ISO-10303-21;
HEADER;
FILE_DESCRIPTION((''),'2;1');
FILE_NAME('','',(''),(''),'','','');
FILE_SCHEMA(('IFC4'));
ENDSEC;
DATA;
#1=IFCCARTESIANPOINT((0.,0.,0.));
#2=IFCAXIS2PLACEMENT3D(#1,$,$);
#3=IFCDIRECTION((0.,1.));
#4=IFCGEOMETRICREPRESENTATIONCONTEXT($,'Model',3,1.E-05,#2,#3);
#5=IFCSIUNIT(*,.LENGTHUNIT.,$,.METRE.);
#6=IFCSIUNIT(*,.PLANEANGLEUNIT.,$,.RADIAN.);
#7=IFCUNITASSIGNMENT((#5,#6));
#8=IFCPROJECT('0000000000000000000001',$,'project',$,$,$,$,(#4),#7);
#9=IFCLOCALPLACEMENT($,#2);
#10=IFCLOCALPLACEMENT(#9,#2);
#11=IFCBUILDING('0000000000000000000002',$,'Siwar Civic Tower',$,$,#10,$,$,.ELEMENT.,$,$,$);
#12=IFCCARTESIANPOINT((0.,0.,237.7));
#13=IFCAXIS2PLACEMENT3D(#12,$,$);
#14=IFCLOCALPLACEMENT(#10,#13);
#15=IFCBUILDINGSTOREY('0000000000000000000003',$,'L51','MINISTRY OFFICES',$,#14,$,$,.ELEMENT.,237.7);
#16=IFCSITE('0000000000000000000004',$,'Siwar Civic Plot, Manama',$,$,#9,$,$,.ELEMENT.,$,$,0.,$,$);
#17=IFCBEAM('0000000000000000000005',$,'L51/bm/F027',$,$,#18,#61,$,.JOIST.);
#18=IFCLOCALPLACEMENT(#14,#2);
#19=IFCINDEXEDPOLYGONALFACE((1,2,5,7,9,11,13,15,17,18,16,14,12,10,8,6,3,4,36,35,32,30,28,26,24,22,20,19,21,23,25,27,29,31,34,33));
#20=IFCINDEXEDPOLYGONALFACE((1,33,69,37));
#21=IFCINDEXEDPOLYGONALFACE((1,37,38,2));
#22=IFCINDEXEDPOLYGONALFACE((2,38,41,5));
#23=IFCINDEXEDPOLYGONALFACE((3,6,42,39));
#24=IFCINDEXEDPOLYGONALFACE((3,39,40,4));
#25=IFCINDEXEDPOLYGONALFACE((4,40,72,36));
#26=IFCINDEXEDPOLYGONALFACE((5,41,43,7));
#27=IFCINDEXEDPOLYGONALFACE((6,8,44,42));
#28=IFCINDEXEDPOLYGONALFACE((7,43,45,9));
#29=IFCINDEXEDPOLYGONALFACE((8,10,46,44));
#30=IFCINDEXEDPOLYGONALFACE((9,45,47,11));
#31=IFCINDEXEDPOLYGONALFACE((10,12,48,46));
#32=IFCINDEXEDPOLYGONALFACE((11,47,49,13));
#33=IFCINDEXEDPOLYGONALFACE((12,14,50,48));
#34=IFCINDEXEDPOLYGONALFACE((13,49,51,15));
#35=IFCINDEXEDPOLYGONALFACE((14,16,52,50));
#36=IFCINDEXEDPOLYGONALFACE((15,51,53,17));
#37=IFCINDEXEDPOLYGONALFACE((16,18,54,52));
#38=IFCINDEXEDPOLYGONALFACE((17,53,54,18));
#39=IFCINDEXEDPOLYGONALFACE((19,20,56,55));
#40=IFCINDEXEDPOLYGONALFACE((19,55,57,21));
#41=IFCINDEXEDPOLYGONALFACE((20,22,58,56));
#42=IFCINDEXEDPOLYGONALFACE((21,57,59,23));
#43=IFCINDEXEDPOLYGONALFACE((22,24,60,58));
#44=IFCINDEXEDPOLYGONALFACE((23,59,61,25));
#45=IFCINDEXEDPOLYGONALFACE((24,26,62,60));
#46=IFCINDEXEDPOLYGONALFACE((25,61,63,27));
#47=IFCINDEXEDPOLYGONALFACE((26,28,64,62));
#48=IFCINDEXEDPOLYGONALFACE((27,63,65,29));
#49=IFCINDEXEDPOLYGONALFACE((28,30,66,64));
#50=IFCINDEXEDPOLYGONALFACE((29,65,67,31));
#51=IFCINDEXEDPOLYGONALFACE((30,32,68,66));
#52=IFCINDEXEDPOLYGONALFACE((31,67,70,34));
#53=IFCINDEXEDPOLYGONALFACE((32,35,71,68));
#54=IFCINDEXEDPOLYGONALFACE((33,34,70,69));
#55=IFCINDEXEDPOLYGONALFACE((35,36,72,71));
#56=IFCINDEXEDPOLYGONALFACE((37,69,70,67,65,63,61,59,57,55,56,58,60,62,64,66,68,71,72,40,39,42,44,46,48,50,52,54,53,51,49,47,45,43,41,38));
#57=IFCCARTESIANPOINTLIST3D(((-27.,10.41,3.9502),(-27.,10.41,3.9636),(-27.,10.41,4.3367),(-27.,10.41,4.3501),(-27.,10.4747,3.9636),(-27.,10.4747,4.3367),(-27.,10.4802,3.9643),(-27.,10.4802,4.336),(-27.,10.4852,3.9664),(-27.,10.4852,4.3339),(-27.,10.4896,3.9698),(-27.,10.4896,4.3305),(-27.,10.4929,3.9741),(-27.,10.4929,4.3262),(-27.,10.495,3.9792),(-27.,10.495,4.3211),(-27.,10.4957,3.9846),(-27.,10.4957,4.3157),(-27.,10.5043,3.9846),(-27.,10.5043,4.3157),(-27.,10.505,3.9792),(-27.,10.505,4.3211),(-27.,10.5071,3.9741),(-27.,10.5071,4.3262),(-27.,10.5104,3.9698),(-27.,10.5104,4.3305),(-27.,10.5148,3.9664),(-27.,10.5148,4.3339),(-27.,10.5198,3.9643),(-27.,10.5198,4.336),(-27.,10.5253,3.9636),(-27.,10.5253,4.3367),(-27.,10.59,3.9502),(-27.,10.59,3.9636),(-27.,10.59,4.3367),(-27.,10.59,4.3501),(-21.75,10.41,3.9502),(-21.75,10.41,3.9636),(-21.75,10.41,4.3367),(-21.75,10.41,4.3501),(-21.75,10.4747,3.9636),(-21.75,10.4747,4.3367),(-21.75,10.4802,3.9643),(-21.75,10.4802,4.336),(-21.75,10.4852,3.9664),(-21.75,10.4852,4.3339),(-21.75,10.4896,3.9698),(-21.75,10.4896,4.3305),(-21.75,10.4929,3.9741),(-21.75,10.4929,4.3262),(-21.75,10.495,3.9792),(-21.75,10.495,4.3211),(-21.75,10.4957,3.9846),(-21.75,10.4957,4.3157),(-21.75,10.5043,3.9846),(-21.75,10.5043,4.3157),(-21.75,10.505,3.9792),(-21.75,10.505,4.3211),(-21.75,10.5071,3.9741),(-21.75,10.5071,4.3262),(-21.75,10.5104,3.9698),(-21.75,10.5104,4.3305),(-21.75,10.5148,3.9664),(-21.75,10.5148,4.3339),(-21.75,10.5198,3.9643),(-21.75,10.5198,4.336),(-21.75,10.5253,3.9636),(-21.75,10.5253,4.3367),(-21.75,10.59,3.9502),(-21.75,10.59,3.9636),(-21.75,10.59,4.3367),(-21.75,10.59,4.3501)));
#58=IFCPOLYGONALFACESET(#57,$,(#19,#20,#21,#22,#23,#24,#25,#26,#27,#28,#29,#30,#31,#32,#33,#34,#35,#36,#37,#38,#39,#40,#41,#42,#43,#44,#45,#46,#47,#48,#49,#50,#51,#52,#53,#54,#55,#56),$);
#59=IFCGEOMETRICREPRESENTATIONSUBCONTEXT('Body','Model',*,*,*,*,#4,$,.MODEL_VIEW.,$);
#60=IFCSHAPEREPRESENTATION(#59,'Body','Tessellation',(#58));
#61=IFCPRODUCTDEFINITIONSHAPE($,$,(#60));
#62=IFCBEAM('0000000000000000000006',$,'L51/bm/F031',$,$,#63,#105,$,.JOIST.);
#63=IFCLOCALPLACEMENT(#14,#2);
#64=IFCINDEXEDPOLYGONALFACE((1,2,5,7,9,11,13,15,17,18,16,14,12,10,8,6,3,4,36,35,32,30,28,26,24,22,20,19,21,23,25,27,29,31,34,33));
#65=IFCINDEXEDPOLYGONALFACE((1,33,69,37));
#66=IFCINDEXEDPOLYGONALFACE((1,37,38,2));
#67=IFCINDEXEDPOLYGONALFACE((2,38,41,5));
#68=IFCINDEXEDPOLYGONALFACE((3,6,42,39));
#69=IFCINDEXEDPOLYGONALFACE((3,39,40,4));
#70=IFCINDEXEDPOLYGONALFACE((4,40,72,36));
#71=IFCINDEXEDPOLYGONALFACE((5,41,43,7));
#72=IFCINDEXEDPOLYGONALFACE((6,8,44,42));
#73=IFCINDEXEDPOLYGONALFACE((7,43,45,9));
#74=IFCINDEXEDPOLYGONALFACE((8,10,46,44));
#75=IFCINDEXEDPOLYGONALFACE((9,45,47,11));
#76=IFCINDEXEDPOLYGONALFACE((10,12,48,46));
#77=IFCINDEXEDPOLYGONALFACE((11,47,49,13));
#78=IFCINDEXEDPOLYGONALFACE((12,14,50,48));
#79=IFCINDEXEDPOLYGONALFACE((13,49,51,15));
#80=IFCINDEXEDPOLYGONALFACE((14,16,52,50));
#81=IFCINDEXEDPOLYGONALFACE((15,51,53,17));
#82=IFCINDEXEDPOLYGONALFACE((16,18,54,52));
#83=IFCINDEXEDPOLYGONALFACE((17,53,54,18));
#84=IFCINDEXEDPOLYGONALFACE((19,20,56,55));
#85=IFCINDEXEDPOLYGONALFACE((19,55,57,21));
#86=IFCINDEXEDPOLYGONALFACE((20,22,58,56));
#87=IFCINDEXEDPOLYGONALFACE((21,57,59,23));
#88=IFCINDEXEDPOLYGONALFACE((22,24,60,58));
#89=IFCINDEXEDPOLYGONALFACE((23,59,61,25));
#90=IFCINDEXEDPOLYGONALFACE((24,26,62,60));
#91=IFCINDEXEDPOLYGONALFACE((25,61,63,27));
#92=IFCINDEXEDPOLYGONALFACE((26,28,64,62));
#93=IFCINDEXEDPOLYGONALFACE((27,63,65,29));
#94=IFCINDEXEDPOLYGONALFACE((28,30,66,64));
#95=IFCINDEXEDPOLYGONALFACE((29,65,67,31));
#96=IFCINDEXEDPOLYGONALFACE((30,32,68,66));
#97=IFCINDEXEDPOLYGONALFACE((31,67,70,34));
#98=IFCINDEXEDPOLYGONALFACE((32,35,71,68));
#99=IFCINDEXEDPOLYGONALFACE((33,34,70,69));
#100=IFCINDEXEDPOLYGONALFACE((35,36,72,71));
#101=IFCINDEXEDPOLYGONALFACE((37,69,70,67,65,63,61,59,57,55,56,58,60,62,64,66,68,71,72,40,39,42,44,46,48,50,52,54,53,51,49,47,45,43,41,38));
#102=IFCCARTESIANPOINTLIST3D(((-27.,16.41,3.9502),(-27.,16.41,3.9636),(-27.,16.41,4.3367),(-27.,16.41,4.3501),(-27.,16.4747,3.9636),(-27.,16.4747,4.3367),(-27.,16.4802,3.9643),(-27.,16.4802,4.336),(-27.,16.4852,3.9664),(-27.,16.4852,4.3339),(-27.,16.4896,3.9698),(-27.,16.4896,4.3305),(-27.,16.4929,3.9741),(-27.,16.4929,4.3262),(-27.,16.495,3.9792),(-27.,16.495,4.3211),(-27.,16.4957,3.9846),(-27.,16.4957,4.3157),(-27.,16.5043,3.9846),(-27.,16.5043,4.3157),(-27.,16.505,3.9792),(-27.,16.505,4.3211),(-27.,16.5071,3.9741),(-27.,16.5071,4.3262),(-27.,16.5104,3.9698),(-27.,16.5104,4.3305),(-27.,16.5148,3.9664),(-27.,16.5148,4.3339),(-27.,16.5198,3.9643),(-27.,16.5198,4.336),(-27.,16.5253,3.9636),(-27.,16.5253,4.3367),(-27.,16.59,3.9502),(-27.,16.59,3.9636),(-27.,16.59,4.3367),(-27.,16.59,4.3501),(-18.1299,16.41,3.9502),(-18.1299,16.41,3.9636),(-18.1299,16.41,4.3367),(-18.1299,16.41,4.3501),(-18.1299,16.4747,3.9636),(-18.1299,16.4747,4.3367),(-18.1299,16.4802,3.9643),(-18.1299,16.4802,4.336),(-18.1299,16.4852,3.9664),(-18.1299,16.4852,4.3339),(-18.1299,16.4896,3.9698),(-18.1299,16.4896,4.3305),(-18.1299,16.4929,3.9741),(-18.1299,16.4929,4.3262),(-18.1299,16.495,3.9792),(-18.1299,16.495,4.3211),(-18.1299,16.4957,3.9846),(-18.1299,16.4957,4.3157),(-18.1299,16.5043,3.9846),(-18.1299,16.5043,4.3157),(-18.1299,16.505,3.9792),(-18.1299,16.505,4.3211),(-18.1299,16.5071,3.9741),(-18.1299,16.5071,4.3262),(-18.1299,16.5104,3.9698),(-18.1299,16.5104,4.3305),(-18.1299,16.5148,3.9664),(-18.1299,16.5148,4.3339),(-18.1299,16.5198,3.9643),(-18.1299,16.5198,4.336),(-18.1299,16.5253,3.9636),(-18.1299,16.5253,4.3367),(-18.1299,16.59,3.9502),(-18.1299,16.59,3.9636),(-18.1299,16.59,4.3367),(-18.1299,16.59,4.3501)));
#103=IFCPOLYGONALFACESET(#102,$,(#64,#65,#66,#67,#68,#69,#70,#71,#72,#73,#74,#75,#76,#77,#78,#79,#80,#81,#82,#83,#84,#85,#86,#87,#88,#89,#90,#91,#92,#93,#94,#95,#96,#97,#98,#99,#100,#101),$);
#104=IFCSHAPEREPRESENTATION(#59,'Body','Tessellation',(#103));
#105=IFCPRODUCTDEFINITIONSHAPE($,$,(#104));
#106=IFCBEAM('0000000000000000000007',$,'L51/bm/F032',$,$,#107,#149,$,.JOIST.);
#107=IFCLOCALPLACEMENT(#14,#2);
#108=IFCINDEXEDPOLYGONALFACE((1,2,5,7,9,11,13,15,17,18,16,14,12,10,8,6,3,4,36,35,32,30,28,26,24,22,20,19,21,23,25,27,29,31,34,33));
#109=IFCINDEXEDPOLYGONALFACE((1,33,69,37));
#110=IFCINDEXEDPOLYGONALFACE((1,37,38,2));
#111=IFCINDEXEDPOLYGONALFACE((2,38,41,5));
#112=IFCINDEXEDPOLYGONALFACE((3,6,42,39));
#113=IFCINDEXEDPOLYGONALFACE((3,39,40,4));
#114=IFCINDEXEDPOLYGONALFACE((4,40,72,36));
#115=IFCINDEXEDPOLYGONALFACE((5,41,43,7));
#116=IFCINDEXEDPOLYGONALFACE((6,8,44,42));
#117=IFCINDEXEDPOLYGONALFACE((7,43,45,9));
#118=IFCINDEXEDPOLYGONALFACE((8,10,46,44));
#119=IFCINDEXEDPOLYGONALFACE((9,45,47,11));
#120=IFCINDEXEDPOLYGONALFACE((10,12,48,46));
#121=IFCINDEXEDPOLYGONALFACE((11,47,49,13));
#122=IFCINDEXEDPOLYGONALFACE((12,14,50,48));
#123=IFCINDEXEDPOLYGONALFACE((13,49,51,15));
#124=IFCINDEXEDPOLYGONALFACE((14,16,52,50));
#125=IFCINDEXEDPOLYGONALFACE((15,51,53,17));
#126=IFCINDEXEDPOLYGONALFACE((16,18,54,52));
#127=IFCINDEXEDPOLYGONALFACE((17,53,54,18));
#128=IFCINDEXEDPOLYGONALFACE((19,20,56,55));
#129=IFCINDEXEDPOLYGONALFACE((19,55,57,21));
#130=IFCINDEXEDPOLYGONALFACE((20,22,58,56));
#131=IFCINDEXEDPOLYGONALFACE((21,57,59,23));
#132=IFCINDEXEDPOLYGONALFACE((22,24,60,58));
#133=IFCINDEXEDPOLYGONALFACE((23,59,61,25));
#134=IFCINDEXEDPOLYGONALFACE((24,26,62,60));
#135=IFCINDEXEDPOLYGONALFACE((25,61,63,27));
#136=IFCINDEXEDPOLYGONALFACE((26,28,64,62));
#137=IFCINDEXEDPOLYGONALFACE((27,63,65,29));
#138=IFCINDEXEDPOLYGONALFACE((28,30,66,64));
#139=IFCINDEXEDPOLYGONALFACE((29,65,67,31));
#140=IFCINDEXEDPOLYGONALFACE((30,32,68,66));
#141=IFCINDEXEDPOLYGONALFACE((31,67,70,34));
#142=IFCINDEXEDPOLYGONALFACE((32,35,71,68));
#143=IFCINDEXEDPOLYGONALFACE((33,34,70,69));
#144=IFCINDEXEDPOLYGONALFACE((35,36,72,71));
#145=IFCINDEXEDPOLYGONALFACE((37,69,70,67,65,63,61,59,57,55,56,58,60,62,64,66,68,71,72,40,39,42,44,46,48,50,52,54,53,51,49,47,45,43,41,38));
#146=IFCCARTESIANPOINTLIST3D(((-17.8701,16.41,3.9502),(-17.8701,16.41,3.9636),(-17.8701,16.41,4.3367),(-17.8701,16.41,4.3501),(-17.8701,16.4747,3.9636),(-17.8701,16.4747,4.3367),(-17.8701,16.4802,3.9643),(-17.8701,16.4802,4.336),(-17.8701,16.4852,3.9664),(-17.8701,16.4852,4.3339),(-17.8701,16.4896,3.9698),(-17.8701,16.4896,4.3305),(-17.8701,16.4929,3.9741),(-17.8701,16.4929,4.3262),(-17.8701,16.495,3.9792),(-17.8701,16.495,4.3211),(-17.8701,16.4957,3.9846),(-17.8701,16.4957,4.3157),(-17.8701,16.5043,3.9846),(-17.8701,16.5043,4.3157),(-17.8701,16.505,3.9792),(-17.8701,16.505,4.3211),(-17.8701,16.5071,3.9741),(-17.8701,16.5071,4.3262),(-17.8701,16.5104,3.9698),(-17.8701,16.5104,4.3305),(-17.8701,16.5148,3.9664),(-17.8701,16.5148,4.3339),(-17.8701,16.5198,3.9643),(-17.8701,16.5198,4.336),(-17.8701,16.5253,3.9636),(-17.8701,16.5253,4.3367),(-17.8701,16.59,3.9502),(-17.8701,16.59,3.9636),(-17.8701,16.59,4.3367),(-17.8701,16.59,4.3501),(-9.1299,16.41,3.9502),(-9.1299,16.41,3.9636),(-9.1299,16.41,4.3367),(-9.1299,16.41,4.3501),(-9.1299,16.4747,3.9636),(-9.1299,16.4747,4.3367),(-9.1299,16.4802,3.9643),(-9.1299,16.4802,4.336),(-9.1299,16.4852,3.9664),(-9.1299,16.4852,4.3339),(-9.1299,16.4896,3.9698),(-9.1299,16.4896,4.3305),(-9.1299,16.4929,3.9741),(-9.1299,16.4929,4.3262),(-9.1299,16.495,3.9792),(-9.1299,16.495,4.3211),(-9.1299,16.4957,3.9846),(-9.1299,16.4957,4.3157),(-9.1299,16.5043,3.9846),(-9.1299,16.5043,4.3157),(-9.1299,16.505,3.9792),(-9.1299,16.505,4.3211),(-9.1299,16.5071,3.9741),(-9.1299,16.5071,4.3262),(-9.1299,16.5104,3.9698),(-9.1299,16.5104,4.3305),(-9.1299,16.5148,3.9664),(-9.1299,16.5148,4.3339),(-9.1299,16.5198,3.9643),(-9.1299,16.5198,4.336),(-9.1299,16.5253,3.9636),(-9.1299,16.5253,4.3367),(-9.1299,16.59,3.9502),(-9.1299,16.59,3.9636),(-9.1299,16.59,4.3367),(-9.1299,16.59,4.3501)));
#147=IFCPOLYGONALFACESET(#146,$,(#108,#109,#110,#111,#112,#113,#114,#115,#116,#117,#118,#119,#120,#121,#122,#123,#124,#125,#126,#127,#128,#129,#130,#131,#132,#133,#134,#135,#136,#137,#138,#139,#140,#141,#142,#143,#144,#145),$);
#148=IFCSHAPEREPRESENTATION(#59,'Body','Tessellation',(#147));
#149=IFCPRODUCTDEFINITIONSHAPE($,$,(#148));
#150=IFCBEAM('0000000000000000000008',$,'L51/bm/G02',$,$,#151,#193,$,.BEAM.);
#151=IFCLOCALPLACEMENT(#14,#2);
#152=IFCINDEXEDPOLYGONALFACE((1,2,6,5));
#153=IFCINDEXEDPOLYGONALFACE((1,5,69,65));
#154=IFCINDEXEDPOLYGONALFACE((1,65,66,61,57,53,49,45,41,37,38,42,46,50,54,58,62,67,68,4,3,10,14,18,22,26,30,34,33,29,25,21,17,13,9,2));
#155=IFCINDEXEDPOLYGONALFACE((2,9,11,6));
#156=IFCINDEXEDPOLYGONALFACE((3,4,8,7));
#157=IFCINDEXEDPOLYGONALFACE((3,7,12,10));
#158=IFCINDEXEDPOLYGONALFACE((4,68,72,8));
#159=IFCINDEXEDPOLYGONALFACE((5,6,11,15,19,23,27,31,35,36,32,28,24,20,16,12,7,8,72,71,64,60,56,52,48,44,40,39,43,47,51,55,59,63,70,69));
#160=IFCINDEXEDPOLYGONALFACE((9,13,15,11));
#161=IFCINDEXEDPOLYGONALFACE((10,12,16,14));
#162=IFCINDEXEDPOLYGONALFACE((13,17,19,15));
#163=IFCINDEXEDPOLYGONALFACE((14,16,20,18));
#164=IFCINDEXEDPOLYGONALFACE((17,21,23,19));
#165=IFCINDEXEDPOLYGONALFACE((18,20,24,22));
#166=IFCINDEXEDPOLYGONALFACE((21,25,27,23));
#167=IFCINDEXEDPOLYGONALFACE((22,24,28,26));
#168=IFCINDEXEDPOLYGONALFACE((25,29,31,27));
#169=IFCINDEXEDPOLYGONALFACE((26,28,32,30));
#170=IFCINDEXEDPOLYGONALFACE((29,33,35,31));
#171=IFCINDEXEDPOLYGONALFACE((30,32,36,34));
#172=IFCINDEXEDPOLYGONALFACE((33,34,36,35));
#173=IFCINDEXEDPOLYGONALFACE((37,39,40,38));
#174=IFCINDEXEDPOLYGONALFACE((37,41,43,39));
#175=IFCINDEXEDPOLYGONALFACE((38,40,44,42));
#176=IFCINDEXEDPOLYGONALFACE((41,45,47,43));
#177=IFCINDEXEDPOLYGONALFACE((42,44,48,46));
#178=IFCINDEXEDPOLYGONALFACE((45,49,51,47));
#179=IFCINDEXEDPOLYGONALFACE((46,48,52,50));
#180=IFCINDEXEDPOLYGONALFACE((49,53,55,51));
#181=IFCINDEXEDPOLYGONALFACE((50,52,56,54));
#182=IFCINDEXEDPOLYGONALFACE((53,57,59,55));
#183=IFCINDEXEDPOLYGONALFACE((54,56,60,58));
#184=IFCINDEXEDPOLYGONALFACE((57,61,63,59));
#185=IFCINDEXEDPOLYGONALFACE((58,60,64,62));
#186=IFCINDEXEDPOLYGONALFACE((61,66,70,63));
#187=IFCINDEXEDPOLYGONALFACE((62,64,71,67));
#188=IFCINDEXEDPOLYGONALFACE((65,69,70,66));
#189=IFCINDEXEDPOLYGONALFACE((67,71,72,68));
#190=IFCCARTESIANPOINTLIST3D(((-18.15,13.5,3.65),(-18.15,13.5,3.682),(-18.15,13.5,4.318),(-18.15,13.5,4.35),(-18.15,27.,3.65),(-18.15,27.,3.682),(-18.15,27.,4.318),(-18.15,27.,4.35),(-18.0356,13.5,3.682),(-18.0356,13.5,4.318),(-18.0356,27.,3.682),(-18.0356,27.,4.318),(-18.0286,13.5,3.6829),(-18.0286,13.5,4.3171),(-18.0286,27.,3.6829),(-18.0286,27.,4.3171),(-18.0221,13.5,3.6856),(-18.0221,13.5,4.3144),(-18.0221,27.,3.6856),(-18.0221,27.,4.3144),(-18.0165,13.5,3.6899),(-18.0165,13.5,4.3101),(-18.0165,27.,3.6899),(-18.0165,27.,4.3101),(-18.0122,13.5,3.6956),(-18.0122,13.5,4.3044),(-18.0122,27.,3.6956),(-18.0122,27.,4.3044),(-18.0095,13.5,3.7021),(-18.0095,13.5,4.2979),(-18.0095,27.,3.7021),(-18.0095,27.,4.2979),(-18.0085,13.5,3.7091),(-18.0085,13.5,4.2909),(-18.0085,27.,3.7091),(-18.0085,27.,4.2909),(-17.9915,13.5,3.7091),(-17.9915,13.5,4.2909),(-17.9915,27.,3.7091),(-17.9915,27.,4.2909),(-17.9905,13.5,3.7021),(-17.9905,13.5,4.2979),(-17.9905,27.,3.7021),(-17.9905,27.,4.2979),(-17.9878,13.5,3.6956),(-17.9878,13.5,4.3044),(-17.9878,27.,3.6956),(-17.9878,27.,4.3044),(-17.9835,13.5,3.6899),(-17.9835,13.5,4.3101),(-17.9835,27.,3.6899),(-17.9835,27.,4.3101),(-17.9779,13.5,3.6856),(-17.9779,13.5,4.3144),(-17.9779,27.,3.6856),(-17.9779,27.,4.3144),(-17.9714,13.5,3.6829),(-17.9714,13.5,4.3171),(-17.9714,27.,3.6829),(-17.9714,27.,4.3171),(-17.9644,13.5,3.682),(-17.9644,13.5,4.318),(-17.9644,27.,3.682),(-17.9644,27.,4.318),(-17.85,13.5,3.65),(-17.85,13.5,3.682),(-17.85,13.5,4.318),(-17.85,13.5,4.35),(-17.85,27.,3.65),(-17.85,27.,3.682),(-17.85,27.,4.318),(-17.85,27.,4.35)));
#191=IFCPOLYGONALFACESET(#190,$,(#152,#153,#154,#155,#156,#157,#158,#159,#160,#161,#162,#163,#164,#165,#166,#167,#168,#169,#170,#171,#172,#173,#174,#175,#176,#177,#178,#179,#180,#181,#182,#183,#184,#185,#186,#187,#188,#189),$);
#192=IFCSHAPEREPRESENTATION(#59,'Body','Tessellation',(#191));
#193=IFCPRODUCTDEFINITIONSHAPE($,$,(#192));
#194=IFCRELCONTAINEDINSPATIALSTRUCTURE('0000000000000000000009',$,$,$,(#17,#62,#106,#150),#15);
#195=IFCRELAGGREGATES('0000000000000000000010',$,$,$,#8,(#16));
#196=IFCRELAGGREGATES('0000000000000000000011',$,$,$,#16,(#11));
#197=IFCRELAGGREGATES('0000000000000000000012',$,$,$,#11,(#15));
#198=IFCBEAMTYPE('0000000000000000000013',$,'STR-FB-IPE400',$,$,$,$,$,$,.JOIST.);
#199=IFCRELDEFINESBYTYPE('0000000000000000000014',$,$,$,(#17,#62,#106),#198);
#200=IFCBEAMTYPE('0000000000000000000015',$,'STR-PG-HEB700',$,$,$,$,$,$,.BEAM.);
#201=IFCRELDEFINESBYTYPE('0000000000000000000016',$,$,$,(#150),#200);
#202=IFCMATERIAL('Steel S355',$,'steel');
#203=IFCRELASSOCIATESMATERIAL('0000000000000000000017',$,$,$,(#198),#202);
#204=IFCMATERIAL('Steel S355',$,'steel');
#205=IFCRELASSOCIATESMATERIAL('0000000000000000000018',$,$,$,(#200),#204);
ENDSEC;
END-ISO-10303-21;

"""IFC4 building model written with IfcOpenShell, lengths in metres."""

from ifc_helpers import new_model, si_unit, direction, frame, origin, origin_2d, place, context, subcontext, project, spatial, i_section, extrude, material, material_profile, profile_set, type_object, element, save


model = new_model("IFC4")

# Units and contexts
model_context = context("Model", 3, precision=1e-05, world=origin(), true_north=direction((0.0, 1.0)))
body_context = subcontext(model_context, "Body", "Model", "MODEL_VIEW")
ifc_project = project(units=[si_unit("LENGTHUNIT", "METRE"), si_unit("PLANEANGLEUNIT", "RADIAN")], contexts=[model_context])

# Site, building, storey
site_placement = place(None, origin())
site = spatial("IfcSite", under=ifc_project, at=site_placement, Name="Siwar Civic Plot, Manama", CompositionType="ELEMENT", RefElevation=0.0)
building_placement = place(site_placement, origin())
building = spatial("IfcBuilding", under=site, at=building_placement, Name="Siwar Civic Tower", CompositionType="ELEMENT")
storey_placement = place(building_placement, frame((0.0, 0.0, 237.7)))
storey = spatial("IfcBuildingStorey", under=building, at=storey_placement, Name="L51", Description="MINISTRY OFFICES", CompositionType="ELEMENT", Elevation=237.7)

# Beams
ifc_material_1 = material(Name="Steel S355", Category="steel")
ifc_material_profile_1 = material_profile(ifc_material_1, i_section(OverallWidth=0.1799, OverallDepth=0.3999, WebThickness=0.0085, FlangeThickness=0.0134, FilletRadius=0.021, at=origin_2d()), Name="IPE400")
ifc_profile_set_1 = profile_set([ifc_material_profile_1], Name="Steel S355")
beam_type_1 = type_object("IfcBeamType", Name="STR-FB-IPE400", PredefinedType="JOIST", material=ifc_profile_set_1)
for number, where, z_axis, x_axis, name in (
    (1, (-27.0, 10.5, 4.1501), (1.0, 0.0, 0.0), (0.0, 1.0, 0.0), "L51/bm/F027"),
):
    element("IfcBeam", number, at=place(storey_placement, frame(where, z_axis=z_axis, x_axis=x_axis)), inside=storey, type_object=beam_type_1, Name=name, PredefinedType="JOIST", context=body_context, shape_type="SweptSolid", body=[
        extrude(i_section(OverallWidth=0.1799, OverallDepth=0.3999, WebThickness=0.0085, FlangeThickness=0.0134, FilletRadius=0.021, at=origin_2d()), origin(), (0.0, 0.0, 1.0), 5.25),
    ])
beam_1_placement = place(storey_placement, frame((-27.0, 16.5, 4.1501), z_axis=(1.0, 0.0, 0.0), x_axis=(0.0, 1.0, 0.0)))
element("IfcBeam", 2, at=beam_1_placement, inside=storey, type_object=beam_type_1, Name="L51/bm/F031", PredefinedType="JOIST", context=body_context, shape_type="SweptSolid", body=[
    extrude(i_section(OverallWidth=0.1799, OverallDepth=0.3999, WebThickness=0.0085, FlangeThickness=0.0134, FilletRadius=0.021, at=origin_2d()), origin(), (0.0, 0.0, 1.0), 8.8701),
])
beam_2_placement = place(storey_placement, frame((-17.8701, 16.5, 4.1501), z_axis=(1.0, 0.0, 0.0), x_axis=(0.0, 1.0, 0.0)))
element("IfcBeam", 3, at=beam_2_placement, inside=storey, type_object=beam_type_1, Name="L51/bm/F032", PredefinedType="JOIST", context=body_context, shape_type="SweptSolid", body=[
    extrude(i_section(OverallWidth=0.1799, OverallDepth=0.3999, WebThickness=0.0085, FlangeThickness=0.0134, FilletRadius=0.021, at=origin_2d()), origin(), (0.0, 0.0, 1.0), 8.7402),
])
ifc_material_2 = material(Name="Steel S355", Category="steel")
ifc_material_profile_2 = material_profile(ifc_material_2, i_section(OverallWidth=0.3, OverallDepth=0.7, WebThickness=0.0171, FlangeThickness=0.032, FilletRadius=0.0271, at=origin_2d()), Name="HEB700")
ifc_profile_set_2 = profile_set([ifc_material_profile_2], Name="Steel S355")
beam_type_2 = type_object("IfcBeamType", Name="STR-PG-HEB700", PredefinedType="BEAM", material=ifc_profile_set_2)
beam_3_placement = place(storey_placement, frame((-18.0, 13.5, 4.0), z_axis=(0.0, 1.0, 0.0), x_axis=(-1.0, 0.0, 0.0)))
element("IfcBeam", 4, at=beam_3_placement, inside=storey, type_object=beam_type_2, Name="L51/bm/G02", PredefinedType="BEAM", context=body_context, shape_type="SweptSolid", body=[
    extrude(i_section(OverallWidth=0.3, OverallDepth=0.7, WebThickness=0.0171, FlangeThickness=0.032, FilletRadius=0.0271, at=origin_2d()), origin(), (0.0, 0.0, 1.0), 13.5),
])

save(model, "model.ifc")
